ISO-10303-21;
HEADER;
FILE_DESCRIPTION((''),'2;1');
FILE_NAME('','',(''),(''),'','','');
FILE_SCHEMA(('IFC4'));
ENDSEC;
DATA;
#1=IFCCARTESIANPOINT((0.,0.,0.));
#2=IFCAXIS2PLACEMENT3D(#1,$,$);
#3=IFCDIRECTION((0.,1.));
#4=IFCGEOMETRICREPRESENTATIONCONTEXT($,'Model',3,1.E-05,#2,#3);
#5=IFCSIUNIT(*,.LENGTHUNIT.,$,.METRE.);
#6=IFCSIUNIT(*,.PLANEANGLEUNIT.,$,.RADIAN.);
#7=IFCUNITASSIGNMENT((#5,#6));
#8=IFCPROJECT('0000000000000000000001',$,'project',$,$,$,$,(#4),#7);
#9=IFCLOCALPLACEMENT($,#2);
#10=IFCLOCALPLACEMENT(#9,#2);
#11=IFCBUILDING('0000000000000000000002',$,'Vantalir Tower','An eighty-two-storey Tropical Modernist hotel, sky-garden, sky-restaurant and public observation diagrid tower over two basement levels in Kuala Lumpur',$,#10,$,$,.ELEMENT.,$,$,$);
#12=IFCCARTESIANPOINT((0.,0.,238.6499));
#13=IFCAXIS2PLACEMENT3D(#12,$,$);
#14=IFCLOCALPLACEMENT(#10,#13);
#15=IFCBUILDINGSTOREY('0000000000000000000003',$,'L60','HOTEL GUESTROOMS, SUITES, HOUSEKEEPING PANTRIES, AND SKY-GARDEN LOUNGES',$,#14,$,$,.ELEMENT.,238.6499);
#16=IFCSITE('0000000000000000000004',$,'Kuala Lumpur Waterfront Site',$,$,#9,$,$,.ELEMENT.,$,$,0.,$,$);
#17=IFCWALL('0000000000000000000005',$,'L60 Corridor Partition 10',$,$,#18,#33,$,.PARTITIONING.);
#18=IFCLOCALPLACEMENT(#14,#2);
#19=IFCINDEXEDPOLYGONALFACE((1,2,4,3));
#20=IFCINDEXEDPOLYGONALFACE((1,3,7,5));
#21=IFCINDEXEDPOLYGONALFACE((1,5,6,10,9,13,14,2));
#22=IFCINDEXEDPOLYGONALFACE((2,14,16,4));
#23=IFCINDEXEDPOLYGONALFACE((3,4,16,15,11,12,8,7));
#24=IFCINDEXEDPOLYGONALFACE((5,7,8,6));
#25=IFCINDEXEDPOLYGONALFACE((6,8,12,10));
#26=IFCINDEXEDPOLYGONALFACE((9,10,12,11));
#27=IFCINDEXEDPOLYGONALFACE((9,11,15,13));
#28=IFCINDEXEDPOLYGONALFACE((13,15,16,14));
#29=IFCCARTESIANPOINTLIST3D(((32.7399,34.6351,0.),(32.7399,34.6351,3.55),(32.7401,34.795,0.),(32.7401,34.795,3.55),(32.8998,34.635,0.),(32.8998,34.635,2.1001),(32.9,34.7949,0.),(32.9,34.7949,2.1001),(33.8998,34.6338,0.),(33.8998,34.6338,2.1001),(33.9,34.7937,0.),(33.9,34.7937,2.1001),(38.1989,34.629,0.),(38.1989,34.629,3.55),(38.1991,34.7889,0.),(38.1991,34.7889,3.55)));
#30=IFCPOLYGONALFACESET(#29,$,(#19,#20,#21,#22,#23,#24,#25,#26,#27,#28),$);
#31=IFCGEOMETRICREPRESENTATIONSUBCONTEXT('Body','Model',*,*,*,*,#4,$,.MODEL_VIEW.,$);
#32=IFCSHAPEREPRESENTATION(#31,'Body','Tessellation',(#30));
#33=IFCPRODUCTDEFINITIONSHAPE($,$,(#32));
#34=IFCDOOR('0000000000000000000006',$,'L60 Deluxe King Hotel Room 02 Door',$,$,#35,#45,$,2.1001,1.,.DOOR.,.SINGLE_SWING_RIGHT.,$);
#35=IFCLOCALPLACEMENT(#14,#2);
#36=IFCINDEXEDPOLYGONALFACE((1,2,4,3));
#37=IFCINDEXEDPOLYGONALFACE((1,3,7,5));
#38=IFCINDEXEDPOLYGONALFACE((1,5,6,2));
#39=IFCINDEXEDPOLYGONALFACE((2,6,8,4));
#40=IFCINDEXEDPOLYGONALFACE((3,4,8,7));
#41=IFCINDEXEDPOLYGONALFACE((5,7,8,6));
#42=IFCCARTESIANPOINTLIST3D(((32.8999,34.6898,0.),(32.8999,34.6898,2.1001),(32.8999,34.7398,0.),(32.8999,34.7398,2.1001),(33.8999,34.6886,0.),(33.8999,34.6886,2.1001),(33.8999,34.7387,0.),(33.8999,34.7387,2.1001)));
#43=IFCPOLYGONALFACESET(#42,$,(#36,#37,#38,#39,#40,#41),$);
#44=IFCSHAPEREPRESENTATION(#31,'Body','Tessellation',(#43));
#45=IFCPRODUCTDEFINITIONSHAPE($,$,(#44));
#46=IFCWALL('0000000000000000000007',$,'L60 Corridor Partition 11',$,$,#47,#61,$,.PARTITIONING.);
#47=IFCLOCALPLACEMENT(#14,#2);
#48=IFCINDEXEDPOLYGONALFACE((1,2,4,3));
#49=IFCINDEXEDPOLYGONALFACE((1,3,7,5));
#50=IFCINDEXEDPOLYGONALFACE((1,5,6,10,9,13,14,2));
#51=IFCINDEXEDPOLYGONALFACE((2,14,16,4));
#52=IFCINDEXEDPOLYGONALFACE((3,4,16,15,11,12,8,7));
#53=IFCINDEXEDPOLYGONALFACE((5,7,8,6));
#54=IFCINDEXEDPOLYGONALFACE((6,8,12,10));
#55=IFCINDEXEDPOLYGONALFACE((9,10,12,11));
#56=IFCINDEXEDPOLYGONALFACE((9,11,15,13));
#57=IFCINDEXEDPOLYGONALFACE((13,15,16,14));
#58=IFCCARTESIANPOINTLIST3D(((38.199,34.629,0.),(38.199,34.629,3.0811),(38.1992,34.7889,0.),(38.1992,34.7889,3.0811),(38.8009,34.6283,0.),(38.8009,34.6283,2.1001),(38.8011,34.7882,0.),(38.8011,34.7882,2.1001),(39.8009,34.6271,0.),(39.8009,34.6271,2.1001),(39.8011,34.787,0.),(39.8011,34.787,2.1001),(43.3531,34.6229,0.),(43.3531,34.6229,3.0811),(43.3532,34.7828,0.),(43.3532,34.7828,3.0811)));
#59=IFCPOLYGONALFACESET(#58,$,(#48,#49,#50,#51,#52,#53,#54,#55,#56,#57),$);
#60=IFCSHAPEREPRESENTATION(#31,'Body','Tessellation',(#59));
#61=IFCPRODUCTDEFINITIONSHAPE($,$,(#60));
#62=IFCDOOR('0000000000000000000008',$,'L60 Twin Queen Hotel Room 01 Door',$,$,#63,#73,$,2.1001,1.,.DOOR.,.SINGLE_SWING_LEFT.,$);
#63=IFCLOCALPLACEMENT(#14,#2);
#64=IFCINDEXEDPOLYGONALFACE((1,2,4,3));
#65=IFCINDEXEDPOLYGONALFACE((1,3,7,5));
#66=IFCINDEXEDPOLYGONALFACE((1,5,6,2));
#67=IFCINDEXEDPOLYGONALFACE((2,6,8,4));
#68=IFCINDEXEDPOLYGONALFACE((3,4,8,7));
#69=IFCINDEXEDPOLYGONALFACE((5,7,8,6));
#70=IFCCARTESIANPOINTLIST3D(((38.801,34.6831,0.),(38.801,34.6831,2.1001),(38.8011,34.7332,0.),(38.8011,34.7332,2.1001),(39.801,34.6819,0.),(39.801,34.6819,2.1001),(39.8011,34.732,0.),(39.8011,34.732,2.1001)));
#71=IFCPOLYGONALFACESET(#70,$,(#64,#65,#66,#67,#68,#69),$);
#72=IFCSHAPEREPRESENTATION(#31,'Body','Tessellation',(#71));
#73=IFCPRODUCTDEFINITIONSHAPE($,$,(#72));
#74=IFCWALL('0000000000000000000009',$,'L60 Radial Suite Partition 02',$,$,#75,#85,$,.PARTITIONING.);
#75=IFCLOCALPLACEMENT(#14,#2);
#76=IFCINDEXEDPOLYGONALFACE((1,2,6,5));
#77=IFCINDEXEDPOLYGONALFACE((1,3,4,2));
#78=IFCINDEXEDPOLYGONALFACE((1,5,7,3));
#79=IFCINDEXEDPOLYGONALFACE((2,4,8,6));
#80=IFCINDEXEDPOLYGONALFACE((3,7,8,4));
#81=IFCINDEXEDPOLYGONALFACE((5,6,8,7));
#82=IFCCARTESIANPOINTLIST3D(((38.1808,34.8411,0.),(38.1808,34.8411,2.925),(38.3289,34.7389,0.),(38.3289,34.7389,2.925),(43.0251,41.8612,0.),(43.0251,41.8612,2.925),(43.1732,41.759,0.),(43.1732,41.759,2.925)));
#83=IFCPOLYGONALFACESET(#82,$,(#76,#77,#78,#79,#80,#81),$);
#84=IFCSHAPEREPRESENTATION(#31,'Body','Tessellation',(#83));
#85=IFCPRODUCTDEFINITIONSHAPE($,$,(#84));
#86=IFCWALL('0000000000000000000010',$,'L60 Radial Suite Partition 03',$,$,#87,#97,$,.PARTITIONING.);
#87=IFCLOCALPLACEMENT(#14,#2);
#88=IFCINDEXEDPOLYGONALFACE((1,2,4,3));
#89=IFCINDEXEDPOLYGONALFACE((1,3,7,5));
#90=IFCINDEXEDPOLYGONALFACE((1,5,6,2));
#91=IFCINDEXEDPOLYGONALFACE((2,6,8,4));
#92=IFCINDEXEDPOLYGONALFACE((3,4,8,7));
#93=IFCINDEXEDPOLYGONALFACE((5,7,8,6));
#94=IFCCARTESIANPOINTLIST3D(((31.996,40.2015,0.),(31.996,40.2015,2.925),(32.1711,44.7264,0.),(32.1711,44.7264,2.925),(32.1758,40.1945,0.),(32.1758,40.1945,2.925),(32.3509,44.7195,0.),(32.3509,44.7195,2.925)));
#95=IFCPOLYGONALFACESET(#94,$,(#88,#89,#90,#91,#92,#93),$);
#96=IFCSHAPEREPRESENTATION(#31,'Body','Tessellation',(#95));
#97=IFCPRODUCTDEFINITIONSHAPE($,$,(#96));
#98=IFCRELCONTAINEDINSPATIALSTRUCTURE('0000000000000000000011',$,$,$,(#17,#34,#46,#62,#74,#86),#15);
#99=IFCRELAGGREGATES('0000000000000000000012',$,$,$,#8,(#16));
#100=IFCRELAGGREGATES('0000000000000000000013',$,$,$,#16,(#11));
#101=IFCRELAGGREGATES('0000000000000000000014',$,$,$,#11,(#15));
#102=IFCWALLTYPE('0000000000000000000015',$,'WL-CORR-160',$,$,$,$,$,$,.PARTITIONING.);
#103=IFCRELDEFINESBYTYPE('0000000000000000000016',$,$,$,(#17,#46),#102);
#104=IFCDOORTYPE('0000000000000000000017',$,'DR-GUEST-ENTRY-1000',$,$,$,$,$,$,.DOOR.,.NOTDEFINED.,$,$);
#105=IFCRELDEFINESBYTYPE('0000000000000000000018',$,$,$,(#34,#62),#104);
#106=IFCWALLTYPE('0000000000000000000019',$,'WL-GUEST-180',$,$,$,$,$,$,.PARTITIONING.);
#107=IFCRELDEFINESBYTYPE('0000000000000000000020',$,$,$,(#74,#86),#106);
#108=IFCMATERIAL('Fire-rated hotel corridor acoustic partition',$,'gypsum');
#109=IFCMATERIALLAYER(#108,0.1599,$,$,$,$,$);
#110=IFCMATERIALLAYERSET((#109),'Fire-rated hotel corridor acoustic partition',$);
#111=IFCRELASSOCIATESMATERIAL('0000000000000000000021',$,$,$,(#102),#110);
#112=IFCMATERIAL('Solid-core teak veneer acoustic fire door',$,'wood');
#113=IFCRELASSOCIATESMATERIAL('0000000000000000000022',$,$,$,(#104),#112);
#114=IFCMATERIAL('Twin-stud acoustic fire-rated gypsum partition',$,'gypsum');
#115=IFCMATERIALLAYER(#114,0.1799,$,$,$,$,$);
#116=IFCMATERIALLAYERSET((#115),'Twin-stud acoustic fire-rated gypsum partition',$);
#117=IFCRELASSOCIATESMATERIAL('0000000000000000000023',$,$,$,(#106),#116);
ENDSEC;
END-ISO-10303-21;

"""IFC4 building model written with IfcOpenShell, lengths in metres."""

from ifc_helpers import new_model, si_unit, direction, frame, frame_2d, origin, place, context, subcontext, project, spatial, rectangle, extrude, material, layer, layer_set, type_object, element, fill, save


model = new_model("IFC4")

# Units and contexts
model_context = context("Model", 3, precision=1e-05, world=origin(), true_north=direction((0.0, 1.0)))
body_context = subcontext(model_context, "Body", "Model", "MODEL_VIEW")
ifc_project = project(units=[si_unit("LENGTHUNIT", "METRE"), si_unit("PLANEANGLEUNIT", "RADIAN")], contexts=[model_context])

# Site, building, storey
site_placement = place(None, origin())
site = spatial("IfcSite", under=ifc_project, at=site_placement, Name="Kuala Lumpur Waterfront Site", CompositionType="ELEMENT", RefElevation=0.0)
building_placement = place(site_placement, origin())
building = spatial("IfcBuilding", under=site, at=building_placement, Name="Vantalir Tower", Description="An eighty-two-storey Tropical Modernist hotel, sky-garden, sky-restaurant and public observation diagrid tower over two basement levels in Kuala Lumpur", CompositionType="ELEMENT")
storey_placement = place(building_placement, frame((0.0, 0.0, 238.6499)))
storey = spatial("IfcBuildingStorey", under=building, at=storey_placement, Name="L60", Description="HOTEL GUESTROOMS, SUITES, HOUSEKEEPING PANTRIES, AND SKY-GARDEN LOUNGES", CompositionType="ELEMENT", Elevation=238.6499)

# Shared definitions
ifc_material_1 = material(Name="Fire-rated hotel corridor acoustic partition", Category="gypsum")
ifc_layer_1 = layer(ifc_material_1, 0.1599)
ifc_layer_set_1 = layer_set([ifc_layer_1], Name="Fire-rated hotel corridor acoustic partition")
wall_type_1 = type_object("IfcWallType", Name="WL-CORR-160", PredefinedType="PARTITIONING", material=ifc_layer_set_1)

# Walls, openings, doors
wall_1_placement = place(storey_placement, frame((32.74, 34.7151, 0.0), z_axis=(0.0, 0.0, 1.0), x_axis=(0.999999, -0.001118, 0.0)))
wall_1 = element("IfcWall", 1, at=wall_1_placement, inside=storey, type_object=wall_type_1, Name="L60 Corridor Partition 10", PredefinedType="PARTITIONING", context=body_context, shape_type="SweptSolid", body=[
    extrude(rectangle(XDim=5.459, YDim=0.1599, at=frame_2d((2.7295, 0.0))), origin(), (0.0, 0.0, 1.0), 3.55),
])
opening_1_placement = place(wall_1_placement, frame((0.1599, 0.0, 0.0)))
opening_1 = element("IfcOpeningElement", 2, at=opening_1_placement, cuts=wall_1, PredefinedType="OPENING", context=body_context, shape_type="SweptSolid", body=[
    extrude(rectangle(XDim=1.0, YDim=2.1001, at=frame_2d((0.5, 1.05))), frame((0.0, 0.0898, 0.0), z_axis=(0.0, -1.0, 0.0), x_axis=(1.0, 0.0, 0.0)), (0.0, 0.0, 1.0), 0.1799),
])
ifc_material_2 = material(Name="Solid-core teak veneer acoustic fire door", Category="wood")
door_type_1 = type_object("IfcDoorType", Name="DR-GUEST-ENTRY-1000", OperationType="NOTDEFINED", PredefinedType="DOOR", material=ifc_material_2)
door_1_placement = place(opening_1_placement, origin())
door_1 = element("IfcDoor", 3, at=door_1_placement, inside=storey, type_object=door_type_1, Name="L60 Deluxe King Hotel Room 02 Door", OperationType="SINGLE_SWING_RIGHT", OverallHeight=2.1001, OverallWidth=1.0, PredefinedType="DOOR", context=body_context, shape_type="SweptSolid", body=[
    extrude(rectangle(XDim=1.0, YDim=2.1001, at=frame_2d((0.5, 1.05))), frame((0.0, 0.0249, 0.0), z_axis=(0.0, -1.0, 0.0), x_axis=(1.0, 0.0, 0.0)), (0.0, 0.0, 1.0), 0.05),
])
fill(opening_1, door_1)
wall_2_placement = place(storey_placement, frame((38.199, 34.709, 0.0), z_axis=(0.0, 0.0, 1.0), x_axis=(0.999999, -0.001184, 0.0)))
wall_2 = element("IfcWall", 4, at=wall_2_placement, inside=storey, type_object=wall_type_1, Name="L60 Corridor Partition 11", PredefinedType="PARTITIONING", context=body_context, shape_type="SweptSolid", body=[
    extrude(rectangle(XDim=5.1541, YDim=0.1599, at=frame_2d((2.5771, 0.0))), origin(), (0.0, 0.0, 1.0), 3.0811),
])
opening_2_placement = place(wall_2_placement, frame((0.6021, 0.0, 0.0)))
opening_2 = element("IfcOpeningElement", 5, at=opening_2_placement, cuts=wall_2, PredefinedType="OPENING", context=body_context, shape_type="SweptSolid", body=[
    extrude(rectangle(XDim=1.0, YDim=2.1001, at=frame_2d((0.5, 1.05))), frame((0.0, 0.0898, 0.0), z_axis=(0.0, -1.0, 0.0), x_axis=(1.0, 0.0, 0.0)), (0.0, 0.0, 1.0), 0.1799),
])
door_2_placement = place(opening_2_placement, origin())
door_2 = element("IfcDoor", 6, at=door_2_placement, inside=storey, type_object=door_type_1, Name="L60 Twin Queen Hotel Room 01 Door", OperationType="SINGLE_SWING_LEFT", OverallHeight=2.1001, OverallWidth=1.0, PredefinedType="DOOR", context=body_context, shape_type="SweptSolid", body=[
    extrude(rectangle(XDim=1.0, YDim=2.1001, at=frame_2d((0.5, 1.05))), frame((0.0, 0.0249, 0.0), z_axis=(0.0, -1.0, 0.0), x_axis=(1.0, 0.0, 0.0)), (0.0, 0.0, 1.0), 0.05),
])
fill(opening_2, door_2)

# Walls
ifc_material_3 = material(Name="Twin-stud acoustic fire-rated gypsum partition", Category="gypsum")
ifc_layer_2 = layer(ifc_material_3, 0.1799)
ifc_layer_set_2 = layer_set([ifc_layer_2], Name="Twin-stud acoustic fire-rated gypsum partition")
wall_type_2 = type_object("IfcWallType", Name="WL-GUEST-180", PredefinedType="PARTITIONING", material=ifc_layer_set_2)
wall_3_placement = place(storey_placement, frame((38.2549, 34.79, 0.0), z_axis=(0.0, 0.0, 1.0), x_axis=(0.567959, 0.823057, 0.0)))
element("IfcWall", 7, at=wall_3_placement, inside=storey, type_object=wall_type_2, Name="L60 Radial Suite Partition 02", PredefinedType="PARTITIONING", context=body_context, shape_type="SweptSolid", body=[
    extrude(rectangle(XDim=8.5293, YDim=0.1799, at=frame_2d((4.2646, 0.0))), origin(), (0.0, 0.0, 1.0), 2.925),
])
wall_4_placement = place(storey_placement, frame((32.0859, 40.198, 0.0), z_axis=(0.0, 0.0, 1.0), x_axis=(0.038657, 0.999253, 0.0)))
element("IfcWall", 8, at=wall_4_placement, inside=storey, type_object=wall_type_2, Name="L60 Radial Suite Partition 03", PredefinedType="PARTITIONING", context=body_context, shape_type="SweptSolid", body=[
    extrude(rectangle(XDim=4.5283, YDim=0.1799, at=frame_2d((2.2642, 0.0))), origin(), (0.0, 0.0, 1.0), 2.925),
])

save(model, "model.ifc")
